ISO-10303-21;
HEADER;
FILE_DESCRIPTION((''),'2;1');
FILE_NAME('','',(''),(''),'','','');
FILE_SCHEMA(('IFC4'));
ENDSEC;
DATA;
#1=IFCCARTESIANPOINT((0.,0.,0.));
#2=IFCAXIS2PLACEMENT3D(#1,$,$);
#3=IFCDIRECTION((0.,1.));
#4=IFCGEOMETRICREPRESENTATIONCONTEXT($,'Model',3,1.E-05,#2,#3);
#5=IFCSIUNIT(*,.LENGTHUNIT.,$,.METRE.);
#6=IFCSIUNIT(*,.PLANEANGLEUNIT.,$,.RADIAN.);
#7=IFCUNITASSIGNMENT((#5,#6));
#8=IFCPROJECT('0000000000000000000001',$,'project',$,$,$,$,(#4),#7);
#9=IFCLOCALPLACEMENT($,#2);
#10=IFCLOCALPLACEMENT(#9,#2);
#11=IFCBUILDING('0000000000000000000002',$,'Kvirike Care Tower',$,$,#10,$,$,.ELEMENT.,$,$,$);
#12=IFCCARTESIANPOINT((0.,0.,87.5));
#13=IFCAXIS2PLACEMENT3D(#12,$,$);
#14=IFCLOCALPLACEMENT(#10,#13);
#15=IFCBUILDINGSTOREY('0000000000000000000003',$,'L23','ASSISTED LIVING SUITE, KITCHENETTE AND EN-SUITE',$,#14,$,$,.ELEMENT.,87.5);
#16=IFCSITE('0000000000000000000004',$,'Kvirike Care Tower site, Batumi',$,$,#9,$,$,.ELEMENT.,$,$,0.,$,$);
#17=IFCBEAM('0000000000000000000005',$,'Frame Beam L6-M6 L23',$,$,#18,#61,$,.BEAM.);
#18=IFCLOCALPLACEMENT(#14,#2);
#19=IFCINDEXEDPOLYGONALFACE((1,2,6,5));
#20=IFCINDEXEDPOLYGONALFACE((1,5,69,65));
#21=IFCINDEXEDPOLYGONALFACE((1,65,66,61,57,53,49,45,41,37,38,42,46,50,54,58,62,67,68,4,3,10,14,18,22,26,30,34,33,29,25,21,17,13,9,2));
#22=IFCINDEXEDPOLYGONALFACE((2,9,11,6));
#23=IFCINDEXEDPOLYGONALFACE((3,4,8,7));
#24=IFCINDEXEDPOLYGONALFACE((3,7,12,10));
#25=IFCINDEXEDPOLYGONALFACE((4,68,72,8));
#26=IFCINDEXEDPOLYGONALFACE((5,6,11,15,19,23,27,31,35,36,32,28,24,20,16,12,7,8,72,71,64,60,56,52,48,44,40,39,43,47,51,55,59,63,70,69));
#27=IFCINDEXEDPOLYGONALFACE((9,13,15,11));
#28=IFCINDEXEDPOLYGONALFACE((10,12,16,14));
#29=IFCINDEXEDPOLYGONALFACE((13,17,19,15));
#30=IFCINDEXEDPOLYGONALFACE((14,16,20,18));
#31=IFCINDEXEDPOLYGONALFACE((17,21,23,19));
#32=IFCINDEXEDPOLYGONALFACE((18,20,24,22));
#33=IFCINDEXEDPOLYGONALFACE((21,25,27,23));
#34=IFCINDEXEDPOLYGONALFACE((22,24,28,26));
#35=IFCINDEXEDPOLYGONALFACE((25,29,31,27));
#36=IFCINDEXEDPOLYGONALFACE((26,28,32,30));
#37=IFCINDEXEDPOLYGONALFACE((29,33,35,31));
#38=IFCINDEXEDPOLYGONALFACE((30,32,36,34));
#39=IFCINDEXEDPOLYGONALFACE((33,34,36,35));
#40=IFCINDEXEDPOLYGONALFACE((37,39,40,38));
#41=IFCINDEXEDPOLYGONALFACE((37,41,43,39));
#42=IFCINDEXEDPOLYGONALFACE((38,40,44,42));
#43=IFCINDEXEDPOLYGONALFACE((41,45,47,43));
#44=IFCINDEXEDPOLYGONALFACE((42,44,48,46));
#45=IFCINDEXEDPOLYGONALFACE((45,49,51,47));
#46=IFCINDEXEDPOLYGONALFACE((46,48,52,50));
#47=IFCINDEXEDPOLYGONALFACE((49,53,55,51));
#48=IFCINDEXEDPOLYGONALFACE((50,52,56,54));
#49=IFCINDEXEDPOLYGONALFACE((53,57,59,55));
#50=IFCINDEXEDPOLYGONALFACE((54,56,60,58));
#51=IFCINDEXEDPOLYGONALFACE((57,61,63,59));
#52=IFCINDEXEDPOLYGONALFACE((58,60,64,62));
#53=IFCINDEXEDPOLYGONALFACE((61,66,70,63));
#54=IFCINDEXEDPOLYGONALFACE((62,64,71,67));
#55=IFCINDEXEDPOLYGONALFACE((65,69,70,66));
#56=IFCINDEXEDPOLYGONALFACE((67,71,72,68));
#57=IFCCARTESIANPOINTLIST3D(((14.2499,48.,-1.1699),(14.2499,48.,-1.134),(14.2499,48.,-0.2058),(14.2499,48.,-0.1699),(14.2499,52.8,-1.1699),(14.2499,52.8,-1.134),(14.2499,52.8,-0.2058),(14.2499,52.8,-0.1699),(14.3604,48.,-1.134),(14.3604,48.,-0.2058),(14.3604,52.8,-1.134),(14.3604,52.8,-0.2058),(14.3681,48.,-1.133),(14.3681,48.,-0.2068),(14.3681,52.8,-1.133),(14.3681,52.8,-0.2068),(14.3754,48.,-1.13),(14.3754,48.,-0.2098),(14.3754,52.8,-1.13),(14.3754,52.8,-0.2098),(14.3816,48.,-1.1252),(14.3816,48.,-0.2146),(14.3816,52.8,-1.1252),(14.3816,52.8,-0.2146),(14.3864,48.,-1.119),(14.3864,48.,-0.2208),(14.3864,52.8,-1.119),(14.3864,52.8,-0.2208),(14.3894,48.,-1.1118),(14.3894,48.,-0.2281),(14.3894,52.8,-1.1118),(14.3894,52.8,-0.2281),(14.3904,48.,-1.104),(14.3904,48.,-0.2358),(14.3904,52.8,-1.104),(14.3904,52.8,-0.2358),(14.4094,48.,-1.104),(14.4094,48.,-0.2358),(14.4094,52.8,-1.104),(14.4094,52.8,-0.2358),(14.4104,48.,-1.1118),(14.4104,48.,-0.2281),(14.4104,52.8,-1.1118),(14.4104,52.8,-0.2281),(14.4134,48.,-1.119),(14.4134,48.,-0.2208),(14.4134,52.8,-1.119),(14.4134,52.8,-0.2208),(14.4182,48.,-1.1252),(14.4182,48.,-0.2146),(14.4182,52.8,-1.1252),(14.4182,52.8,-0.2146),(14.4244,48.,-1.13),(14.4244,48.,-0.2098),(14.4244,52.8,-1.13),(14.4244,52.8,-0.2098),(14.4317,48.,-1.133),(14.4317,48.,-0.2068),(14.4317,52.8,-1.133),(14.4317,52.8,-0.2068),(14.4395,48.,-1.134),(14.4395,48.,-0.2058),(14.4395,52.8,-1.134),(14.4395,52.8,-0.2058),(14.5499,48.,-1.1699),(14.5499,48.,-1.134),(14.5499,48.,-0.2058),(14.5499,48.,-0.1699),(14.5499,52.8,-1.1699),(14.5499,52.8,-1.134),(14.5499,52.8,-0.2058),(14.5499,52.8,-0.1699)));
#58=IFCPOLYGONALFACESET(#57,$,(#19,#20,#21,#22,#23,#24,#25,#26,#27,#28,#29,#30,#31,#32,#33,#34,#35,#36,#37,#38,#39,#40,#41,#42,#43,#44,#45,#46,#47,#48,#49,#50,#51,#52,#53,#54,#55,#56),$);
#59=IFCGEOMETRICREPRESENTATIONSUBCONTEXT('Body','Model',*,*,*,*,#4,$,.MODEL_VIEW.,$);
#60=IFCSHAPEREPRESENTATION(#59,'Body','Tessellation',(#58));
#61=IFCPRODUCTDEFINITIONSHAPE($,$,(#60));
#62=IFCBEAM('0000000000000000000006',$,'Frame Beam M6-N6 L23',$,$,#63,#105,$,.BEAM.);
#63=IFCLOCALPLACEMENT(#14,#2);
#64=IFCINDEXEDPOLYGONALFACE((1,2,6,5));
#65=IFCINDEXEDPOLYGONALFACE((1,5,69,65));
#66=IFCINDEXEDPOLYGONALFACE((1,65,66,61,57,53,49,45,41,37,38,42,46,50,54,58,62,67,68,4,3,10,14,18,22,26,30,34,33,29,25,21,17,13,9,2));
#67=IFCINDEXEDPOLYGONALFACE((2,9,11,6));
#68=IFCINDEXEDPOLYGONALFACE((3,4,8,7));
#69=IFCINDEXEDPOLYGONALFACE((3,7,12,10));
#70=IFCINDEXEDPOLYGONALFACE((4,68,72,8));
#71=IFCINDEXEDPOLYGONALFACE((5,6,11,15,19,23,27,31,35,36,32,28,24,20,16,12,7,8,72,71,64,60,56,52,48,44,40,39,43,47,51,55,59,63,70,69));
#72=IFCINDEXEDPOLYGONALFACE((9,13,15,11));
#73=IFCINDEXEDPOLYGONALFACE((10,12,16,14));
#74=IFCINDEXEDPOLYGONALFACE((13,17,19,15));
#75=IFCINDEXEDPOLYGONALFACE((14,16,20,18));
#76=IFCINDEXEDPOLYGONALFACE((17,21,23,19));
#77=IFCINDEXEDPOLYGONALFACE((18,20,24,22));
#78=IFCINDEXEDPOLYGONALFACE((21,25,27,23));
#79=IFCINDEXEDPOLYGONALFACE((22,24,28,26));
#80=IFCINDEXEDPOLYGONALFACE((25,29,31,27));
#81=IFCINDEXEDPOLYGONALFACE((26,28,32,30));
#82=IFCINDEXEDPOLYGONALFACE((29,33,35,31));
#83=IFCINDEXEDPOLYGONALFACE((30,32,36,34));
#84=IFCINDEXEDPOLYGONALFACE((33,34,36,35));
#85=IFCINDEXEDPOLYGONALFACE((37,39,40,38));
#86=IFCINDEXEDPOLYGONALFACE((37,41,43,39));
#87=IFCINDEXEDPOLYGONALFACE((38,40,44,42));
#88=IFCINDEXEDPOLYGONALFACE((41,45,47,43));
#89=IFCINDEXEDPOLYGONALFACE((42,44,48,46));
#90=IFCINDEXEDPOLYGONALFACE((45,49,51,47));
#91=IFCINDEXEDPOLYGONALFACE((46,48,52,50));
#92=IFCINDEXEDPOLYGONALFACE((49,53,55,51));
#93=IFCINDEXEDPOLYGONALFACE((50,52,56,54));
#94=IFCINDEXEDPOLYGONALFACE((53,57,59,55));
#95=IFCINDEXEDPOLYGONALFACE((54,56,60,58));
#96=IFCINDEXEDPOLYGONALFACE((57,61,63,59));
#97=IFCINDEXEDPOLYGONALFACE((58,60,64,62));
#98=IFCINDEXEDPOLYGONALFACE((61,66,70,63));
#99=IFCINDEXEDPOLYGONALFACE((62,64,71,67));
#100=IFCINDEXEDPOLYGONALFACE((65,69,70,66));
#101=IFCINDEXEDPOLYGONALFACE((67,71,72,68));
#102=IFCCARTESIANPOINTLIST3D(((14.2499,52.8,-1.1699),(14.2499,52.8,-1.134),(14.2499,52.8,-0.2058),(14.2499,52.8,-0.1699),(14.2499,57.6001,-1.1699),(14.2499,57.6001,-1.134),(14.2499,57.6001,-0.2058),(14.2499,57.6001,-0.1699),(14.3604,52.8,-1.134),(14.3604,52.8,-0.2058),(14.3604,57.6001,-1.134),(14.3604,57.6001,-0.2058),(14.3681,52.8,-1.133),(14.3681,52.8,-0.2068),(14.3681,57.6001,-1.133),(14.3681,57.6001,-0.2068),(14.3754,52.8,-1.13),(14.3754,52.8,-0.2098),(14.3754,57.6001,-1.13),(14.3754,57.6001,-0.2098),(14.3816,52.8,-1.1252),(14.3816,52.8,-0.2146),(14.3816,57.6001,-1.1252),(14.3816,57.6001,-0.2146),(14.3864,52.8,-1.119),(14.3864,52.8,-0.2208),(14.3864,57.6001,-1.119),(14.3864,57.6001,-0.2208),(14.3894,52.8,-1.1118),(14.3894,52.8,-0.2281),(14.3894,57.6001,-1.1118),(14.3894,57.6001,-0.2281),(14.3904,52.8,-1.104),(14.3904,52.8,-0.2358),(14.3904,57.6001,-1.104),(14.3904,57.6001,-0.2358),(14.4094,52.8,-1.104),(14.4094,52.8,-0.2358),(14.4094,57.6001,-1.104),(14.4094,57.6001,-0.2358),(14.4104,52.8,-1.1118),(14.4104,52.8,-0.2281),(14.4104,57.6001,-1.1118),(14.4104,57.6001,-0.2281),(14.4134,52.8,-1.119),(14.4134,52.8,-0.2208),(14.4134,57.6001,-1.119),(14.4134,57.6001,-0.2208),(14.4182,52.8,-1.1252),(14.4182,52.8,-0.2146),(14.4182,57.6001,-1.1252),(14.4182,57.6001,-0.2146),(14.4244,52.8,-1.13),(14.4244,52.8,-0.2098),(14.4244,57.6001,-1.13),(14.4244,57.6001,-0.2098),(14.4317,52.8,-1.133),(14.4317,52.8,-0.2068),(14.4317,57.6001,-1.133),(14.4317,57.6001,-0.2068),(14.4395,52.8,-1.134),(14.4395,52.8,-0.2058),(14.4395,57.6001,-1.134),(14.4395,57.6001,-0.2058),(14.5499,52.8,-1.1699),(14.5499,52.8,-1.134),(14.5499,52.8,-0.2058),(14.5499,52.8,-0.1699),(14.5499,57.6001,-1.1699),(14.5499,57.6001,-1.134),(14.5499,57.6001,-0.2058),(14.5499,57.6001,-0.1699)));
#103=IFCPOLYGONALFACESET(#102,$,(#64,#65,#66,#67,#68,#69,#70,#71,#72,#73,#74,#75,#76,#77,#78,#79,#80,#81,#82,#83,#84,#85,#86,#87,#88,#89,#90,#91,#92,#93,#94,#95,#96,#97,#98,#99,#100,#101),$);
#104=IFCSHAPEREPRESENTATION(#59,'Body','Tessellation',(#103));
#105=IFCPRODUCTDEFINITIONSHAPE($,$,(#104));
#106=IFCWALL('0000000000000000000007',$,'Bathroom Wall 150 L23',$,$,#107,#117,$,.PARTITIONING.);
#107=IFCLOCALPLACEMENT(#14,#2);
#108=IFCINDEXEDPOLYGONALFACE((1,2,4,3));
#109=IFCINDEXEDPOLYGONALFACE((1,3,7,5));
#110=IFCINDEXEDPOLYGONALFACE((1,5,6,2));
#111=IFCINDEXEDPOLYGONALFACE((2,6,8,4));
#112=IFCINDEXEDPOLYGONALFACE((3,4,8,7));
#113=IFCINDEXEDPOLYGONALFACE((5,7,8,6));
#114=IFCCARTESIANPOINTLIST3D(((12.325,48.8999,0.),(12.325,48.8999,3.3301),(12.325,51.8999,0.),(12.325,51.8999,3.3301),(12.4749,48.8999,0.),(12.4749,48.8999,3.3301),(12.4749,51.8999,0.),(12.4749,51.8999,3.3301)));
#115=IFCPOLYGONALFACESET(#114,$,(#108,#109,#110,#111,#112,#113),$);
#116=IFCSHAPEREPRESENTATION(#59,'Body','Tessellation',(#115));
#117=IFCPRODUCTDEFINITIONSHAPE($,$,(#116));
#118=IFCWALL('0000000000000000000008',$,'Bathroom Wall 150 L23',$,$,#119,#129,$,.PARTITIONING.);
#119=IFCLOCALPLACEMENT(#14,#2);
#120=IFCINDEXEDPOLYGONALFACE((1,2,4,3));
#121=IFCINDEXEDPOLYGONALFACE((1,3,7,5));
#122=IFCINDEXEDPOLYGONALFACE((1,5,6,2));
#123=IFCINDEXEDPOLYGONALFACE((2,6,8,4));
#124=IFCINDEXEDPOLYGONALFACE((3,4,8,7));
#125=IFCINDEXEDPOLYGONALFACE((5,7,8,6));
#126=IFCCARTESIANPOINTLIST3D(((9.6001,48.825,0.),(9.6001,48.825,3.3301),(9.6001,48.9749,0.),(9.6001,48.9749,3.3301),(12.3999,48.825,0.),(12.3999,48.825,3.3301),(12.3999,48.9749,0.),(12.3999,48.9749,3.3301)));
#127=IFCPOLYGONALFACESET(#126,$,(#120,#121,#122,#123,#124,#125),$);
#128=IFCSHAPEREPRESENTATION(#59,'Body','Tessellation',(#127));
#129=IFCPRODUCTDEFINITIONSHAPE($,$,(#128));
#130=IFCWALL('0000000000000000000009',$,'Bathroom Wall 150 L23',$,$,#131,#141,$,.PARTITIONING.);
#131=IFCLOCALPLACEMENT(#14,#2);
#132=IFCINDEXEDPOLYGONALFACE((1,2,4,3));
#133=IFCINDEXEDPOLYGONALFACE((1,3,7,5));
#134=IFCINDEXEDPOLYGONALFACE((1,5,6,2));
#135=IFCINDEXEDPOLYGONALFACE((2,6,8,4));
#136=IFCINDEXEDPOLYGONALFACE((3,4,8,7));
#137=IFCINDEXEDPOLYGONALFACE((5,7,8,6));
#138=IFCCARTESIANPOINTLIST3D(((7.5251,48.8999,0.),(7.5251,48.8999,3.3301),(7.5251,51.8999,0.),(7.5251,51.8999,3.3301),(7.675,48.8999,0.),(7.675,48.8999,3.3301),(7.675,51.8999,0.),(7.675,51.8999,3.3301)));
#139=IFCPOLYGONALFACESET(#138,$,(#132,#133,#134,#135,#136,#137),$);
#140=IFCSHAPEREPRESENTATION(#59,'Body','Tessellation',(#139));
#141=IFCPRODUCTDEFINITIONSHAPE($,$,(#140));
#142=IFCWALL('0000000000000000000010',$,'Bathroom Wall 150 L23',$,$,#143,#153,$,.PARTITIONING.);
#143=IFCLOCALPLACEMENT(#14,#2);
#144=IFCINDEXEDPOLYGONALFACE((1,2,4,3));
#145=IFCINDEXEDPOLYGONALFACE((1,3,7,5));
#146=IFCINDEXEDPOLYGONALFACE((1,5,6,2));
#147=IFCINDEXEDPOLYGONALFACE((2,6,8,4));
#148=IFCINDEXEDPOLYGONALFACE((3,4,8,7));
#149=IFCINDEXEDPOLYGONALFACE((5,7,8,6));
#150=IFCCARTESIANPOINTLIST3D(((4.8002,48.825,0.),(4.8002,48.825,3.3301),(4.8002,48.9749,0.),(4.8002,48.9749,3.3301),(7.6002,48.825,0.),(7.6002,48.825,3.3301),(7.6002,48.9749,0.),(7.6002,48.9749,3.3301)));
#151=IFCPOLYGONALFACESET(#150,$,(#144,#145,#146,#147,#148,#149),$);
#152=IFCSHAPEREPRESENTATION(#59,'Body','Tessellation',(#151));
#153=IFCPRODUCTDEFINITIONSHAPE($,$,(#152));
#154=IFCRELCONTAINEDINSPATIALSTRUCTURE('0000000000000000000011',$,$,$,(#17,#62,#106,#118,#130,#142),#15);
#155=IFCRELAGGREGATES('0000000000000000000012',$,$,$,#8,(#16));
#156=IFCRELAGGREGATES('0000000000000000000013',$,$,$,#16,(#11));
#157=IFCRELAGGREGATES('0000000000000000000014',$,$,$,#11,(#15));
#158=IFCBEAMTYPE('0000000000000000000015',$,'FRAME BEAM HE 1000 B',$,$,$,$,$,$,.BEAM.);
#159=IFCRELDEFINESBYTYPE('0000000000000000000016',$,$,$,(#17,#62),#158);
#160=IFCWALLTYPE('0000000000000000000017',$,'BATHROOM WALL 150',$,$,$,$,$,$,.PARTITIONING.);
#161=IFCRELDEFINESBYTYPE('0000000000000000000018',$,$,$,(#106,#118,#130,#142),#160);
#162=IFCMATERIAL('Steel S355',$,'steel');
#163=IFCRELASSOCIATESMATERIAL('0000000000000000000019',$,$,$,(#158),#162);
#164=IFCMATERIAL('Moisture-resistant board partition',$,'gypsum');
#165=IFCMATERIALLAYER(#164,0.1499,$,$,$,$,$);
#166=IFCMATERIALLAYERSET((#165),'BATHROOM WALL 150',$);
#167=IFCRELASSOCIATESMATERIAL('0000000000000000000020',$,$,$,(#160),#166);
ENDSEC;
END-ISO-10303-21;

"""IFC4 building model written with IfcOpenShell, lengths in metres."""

from ifc_helpers import new_model, si_unit, direction, frame, frame_2d, origin, origin_2d, place, context, subcontext, project, spatial, rectangle, i_section, extrude, material, layer, layer_set, material_profile, profile_set, type_object, element, save


model = new_model("IFC4")

# Units and contexts
model_context = context("Model", 3, precision=1e-05, world=origin(), true_north=direction((0.0, 1.0)))
body_context = subcontext(model_context, "Body", "Model", "MODEL_VIEW")
ifc_project = project(units=[si_unit("LENGTHUNIT", "METRE"), si_unit("PLANEANGLEUNIT", "RADIAN")], contexts=[model_context])

# Site, building, storey
site_placement = place(None, origin())
site = spatial("IfcSite", under=ifc_project, at=site_placement, Name="Kvirike Care Tower site, Batumi", CompositionType="ELEMENT", RefElevation=0.0)
building_placement = place(site_placement, origin())
building = spatial("IfcBuilding", under=site, at=building_placement, Name="Kvirike Care Tower", CompositionType="ELEMENT")
storey_placement = place(building_placement, frame((0.0, 0.0, 87.5)))
storey = spatial("IfcBuildingStorey", under=building, at=storey_placement, Name="L23", Description="ASSISTED LIVING SUITE, KITCHENETTE AND EN-SUITE", CompositionType="ELEMENT", Elevation=87.5)

# Beams
ifc_material_1 = material(Name="Steel S355", Category="steel")
ifc_material_profile_1 = material_profile(ifc_material_1, i_section(OverallWidth=0.3, OverallDepth=1.0, WebThickness=0.019, FlangeThickness=0.0359, FilletRadius=0.03, at=origin_2d()), Name="HE 1000 B")
ifc_profile_set_1 = profile_set([ifc_material_profile_1], Name="Steel S355")
beam_type_1 = type_object("IfcBeamType", Name="FRAME BEAM HE 1000 B", PredefinedType="BEAM", material=ifc_profile_set_1)
for number, where, z_axis, x_axis, name in (
    (1, (14.3999, 48.0, -0.6699), (0.0, 1.0, 0.0), (-1.0, 0.0, 0.0), "Frame Beam L6-M6 L23"),
    (2, (14.3999, 52.8, -0.6699), (0.0, 1.0, 0.0), (-1.0, 0.0, 0.0), "Frame Beam M6-N6 L23"),
):
    element("IfcBeam", number, at=place(storey_placement, frame(where, z_axis=z_axis, x_axis=x_axis)), inside=storey, type_object=beam_type_1, Name=name, PredefinedType="BEAM", context=body_context, shape_type="SweptSolid", body=[
        extrude(i_section(OverallWidth=0.3, OverallDepth=1.0, WebThickness=0.019, FlangeThickness=0.0359, FilletRadius=0.03, at=origin_2d()), origin(), (0.0, 0.0, 1.0), 4.8),
    ])

# Walls
ifc_material_2 = material(Name="Moisture-resistant board partition", Category="gypsum")
ifc_layer_1 = layer(ifc_material_2, 0.1499)
ifc_layer_set_1 = layer_set([ifc_layer_1], Name="BATHROOM WALL 150")
wall_type_1 = type_object("IfcWallType", Name="BATHROOM WALL 150", PredefinedType="PARTITIONING", material=ifc_layer_set_1)
wall_1_placement = place(storey_placement, frame((12.3999, 51.8999, 0.0), z_axis=(0.0, 0.0, 1.0), x_axis=(0.0, -1.0, 0.0)))
element("IfcWall", 3, at=wall_1_placement, inside=storey, type_object=wall_type_1, Name="Bathroom Wall 150 L23", PredefinedType="PARTITIONING", context=body_context, shape_type="SweptSolid", body=[
    extrude(rectangle(XDim=3.0, YDim=0.1499, at=frame_2d((1.5, 0.0))), origin(), (0.0, 0.0, 1.0), 3.3301),
])
wall_2_placement = place(storey_placement, frame((12.3999, 48.8999, 0.0), z_axis=(0.0, 0.0, 1.0), x_axis=(-1.0, 0.0, 0.0)))
element("IfcWall", 4, at=wall_2_placement, inside=storey, type_object=wall_type_1, Name="Bathroom Wall 150 L23", PredefinedType="PARTITIONING", context=body_context, shape_type="SweptSolid", body=[
    extrude(rectangle(XDim=2.7998, YDim=0.1499, at=frame_2d((1.3999, 0.0))), origin(), (0.0, 0.0, 1.0), 3.3301),
])
wall_3_placement = place(storey_placement, frame((7.6001, 51.8999, 0.0), z_axis=(0.0, 0.0, 1.0), x_axis=(0.0, -1.0, 0.0)))
element("IfcWall", 5, at=wall_3_placement, inside=storey, type_object=wall_type_1, Name="Bathroom Wall 150 L23", PredefinedType="PARTITIONING", context=body_context, shape_type="SweptSolid", body=[
    extrude(rectangle(XDim=3.0, YDim=0.1499, at=frame_2d((1.5, 0.0))), origin(), (0.0, 0.0, 1.0), 3.3301),
])
wall_4_placement = place(storey_placement, frame((7.6001, 48.8999, 0.0), z_axis=(0.0, 0.0, 1.0), x_axis=(-1.0, 0.0, 0.0)))
element("IfcWall", 6, at=wall_4_placement, inside=storey, type_object=wall_type_1, Name="Bathroom Wall 150 L23", PredefinedType="PARTITIONING", context=body_context, shape_type="SweptSolid", body=[
    extrude(rectangle(XDim=2.8, YDim=0.1499, at=frame_2d((1.3999, 0.0))), origin(), (0.0, 0.0, 1.0), 3.3301),
])

save(model, "model.ifc")
